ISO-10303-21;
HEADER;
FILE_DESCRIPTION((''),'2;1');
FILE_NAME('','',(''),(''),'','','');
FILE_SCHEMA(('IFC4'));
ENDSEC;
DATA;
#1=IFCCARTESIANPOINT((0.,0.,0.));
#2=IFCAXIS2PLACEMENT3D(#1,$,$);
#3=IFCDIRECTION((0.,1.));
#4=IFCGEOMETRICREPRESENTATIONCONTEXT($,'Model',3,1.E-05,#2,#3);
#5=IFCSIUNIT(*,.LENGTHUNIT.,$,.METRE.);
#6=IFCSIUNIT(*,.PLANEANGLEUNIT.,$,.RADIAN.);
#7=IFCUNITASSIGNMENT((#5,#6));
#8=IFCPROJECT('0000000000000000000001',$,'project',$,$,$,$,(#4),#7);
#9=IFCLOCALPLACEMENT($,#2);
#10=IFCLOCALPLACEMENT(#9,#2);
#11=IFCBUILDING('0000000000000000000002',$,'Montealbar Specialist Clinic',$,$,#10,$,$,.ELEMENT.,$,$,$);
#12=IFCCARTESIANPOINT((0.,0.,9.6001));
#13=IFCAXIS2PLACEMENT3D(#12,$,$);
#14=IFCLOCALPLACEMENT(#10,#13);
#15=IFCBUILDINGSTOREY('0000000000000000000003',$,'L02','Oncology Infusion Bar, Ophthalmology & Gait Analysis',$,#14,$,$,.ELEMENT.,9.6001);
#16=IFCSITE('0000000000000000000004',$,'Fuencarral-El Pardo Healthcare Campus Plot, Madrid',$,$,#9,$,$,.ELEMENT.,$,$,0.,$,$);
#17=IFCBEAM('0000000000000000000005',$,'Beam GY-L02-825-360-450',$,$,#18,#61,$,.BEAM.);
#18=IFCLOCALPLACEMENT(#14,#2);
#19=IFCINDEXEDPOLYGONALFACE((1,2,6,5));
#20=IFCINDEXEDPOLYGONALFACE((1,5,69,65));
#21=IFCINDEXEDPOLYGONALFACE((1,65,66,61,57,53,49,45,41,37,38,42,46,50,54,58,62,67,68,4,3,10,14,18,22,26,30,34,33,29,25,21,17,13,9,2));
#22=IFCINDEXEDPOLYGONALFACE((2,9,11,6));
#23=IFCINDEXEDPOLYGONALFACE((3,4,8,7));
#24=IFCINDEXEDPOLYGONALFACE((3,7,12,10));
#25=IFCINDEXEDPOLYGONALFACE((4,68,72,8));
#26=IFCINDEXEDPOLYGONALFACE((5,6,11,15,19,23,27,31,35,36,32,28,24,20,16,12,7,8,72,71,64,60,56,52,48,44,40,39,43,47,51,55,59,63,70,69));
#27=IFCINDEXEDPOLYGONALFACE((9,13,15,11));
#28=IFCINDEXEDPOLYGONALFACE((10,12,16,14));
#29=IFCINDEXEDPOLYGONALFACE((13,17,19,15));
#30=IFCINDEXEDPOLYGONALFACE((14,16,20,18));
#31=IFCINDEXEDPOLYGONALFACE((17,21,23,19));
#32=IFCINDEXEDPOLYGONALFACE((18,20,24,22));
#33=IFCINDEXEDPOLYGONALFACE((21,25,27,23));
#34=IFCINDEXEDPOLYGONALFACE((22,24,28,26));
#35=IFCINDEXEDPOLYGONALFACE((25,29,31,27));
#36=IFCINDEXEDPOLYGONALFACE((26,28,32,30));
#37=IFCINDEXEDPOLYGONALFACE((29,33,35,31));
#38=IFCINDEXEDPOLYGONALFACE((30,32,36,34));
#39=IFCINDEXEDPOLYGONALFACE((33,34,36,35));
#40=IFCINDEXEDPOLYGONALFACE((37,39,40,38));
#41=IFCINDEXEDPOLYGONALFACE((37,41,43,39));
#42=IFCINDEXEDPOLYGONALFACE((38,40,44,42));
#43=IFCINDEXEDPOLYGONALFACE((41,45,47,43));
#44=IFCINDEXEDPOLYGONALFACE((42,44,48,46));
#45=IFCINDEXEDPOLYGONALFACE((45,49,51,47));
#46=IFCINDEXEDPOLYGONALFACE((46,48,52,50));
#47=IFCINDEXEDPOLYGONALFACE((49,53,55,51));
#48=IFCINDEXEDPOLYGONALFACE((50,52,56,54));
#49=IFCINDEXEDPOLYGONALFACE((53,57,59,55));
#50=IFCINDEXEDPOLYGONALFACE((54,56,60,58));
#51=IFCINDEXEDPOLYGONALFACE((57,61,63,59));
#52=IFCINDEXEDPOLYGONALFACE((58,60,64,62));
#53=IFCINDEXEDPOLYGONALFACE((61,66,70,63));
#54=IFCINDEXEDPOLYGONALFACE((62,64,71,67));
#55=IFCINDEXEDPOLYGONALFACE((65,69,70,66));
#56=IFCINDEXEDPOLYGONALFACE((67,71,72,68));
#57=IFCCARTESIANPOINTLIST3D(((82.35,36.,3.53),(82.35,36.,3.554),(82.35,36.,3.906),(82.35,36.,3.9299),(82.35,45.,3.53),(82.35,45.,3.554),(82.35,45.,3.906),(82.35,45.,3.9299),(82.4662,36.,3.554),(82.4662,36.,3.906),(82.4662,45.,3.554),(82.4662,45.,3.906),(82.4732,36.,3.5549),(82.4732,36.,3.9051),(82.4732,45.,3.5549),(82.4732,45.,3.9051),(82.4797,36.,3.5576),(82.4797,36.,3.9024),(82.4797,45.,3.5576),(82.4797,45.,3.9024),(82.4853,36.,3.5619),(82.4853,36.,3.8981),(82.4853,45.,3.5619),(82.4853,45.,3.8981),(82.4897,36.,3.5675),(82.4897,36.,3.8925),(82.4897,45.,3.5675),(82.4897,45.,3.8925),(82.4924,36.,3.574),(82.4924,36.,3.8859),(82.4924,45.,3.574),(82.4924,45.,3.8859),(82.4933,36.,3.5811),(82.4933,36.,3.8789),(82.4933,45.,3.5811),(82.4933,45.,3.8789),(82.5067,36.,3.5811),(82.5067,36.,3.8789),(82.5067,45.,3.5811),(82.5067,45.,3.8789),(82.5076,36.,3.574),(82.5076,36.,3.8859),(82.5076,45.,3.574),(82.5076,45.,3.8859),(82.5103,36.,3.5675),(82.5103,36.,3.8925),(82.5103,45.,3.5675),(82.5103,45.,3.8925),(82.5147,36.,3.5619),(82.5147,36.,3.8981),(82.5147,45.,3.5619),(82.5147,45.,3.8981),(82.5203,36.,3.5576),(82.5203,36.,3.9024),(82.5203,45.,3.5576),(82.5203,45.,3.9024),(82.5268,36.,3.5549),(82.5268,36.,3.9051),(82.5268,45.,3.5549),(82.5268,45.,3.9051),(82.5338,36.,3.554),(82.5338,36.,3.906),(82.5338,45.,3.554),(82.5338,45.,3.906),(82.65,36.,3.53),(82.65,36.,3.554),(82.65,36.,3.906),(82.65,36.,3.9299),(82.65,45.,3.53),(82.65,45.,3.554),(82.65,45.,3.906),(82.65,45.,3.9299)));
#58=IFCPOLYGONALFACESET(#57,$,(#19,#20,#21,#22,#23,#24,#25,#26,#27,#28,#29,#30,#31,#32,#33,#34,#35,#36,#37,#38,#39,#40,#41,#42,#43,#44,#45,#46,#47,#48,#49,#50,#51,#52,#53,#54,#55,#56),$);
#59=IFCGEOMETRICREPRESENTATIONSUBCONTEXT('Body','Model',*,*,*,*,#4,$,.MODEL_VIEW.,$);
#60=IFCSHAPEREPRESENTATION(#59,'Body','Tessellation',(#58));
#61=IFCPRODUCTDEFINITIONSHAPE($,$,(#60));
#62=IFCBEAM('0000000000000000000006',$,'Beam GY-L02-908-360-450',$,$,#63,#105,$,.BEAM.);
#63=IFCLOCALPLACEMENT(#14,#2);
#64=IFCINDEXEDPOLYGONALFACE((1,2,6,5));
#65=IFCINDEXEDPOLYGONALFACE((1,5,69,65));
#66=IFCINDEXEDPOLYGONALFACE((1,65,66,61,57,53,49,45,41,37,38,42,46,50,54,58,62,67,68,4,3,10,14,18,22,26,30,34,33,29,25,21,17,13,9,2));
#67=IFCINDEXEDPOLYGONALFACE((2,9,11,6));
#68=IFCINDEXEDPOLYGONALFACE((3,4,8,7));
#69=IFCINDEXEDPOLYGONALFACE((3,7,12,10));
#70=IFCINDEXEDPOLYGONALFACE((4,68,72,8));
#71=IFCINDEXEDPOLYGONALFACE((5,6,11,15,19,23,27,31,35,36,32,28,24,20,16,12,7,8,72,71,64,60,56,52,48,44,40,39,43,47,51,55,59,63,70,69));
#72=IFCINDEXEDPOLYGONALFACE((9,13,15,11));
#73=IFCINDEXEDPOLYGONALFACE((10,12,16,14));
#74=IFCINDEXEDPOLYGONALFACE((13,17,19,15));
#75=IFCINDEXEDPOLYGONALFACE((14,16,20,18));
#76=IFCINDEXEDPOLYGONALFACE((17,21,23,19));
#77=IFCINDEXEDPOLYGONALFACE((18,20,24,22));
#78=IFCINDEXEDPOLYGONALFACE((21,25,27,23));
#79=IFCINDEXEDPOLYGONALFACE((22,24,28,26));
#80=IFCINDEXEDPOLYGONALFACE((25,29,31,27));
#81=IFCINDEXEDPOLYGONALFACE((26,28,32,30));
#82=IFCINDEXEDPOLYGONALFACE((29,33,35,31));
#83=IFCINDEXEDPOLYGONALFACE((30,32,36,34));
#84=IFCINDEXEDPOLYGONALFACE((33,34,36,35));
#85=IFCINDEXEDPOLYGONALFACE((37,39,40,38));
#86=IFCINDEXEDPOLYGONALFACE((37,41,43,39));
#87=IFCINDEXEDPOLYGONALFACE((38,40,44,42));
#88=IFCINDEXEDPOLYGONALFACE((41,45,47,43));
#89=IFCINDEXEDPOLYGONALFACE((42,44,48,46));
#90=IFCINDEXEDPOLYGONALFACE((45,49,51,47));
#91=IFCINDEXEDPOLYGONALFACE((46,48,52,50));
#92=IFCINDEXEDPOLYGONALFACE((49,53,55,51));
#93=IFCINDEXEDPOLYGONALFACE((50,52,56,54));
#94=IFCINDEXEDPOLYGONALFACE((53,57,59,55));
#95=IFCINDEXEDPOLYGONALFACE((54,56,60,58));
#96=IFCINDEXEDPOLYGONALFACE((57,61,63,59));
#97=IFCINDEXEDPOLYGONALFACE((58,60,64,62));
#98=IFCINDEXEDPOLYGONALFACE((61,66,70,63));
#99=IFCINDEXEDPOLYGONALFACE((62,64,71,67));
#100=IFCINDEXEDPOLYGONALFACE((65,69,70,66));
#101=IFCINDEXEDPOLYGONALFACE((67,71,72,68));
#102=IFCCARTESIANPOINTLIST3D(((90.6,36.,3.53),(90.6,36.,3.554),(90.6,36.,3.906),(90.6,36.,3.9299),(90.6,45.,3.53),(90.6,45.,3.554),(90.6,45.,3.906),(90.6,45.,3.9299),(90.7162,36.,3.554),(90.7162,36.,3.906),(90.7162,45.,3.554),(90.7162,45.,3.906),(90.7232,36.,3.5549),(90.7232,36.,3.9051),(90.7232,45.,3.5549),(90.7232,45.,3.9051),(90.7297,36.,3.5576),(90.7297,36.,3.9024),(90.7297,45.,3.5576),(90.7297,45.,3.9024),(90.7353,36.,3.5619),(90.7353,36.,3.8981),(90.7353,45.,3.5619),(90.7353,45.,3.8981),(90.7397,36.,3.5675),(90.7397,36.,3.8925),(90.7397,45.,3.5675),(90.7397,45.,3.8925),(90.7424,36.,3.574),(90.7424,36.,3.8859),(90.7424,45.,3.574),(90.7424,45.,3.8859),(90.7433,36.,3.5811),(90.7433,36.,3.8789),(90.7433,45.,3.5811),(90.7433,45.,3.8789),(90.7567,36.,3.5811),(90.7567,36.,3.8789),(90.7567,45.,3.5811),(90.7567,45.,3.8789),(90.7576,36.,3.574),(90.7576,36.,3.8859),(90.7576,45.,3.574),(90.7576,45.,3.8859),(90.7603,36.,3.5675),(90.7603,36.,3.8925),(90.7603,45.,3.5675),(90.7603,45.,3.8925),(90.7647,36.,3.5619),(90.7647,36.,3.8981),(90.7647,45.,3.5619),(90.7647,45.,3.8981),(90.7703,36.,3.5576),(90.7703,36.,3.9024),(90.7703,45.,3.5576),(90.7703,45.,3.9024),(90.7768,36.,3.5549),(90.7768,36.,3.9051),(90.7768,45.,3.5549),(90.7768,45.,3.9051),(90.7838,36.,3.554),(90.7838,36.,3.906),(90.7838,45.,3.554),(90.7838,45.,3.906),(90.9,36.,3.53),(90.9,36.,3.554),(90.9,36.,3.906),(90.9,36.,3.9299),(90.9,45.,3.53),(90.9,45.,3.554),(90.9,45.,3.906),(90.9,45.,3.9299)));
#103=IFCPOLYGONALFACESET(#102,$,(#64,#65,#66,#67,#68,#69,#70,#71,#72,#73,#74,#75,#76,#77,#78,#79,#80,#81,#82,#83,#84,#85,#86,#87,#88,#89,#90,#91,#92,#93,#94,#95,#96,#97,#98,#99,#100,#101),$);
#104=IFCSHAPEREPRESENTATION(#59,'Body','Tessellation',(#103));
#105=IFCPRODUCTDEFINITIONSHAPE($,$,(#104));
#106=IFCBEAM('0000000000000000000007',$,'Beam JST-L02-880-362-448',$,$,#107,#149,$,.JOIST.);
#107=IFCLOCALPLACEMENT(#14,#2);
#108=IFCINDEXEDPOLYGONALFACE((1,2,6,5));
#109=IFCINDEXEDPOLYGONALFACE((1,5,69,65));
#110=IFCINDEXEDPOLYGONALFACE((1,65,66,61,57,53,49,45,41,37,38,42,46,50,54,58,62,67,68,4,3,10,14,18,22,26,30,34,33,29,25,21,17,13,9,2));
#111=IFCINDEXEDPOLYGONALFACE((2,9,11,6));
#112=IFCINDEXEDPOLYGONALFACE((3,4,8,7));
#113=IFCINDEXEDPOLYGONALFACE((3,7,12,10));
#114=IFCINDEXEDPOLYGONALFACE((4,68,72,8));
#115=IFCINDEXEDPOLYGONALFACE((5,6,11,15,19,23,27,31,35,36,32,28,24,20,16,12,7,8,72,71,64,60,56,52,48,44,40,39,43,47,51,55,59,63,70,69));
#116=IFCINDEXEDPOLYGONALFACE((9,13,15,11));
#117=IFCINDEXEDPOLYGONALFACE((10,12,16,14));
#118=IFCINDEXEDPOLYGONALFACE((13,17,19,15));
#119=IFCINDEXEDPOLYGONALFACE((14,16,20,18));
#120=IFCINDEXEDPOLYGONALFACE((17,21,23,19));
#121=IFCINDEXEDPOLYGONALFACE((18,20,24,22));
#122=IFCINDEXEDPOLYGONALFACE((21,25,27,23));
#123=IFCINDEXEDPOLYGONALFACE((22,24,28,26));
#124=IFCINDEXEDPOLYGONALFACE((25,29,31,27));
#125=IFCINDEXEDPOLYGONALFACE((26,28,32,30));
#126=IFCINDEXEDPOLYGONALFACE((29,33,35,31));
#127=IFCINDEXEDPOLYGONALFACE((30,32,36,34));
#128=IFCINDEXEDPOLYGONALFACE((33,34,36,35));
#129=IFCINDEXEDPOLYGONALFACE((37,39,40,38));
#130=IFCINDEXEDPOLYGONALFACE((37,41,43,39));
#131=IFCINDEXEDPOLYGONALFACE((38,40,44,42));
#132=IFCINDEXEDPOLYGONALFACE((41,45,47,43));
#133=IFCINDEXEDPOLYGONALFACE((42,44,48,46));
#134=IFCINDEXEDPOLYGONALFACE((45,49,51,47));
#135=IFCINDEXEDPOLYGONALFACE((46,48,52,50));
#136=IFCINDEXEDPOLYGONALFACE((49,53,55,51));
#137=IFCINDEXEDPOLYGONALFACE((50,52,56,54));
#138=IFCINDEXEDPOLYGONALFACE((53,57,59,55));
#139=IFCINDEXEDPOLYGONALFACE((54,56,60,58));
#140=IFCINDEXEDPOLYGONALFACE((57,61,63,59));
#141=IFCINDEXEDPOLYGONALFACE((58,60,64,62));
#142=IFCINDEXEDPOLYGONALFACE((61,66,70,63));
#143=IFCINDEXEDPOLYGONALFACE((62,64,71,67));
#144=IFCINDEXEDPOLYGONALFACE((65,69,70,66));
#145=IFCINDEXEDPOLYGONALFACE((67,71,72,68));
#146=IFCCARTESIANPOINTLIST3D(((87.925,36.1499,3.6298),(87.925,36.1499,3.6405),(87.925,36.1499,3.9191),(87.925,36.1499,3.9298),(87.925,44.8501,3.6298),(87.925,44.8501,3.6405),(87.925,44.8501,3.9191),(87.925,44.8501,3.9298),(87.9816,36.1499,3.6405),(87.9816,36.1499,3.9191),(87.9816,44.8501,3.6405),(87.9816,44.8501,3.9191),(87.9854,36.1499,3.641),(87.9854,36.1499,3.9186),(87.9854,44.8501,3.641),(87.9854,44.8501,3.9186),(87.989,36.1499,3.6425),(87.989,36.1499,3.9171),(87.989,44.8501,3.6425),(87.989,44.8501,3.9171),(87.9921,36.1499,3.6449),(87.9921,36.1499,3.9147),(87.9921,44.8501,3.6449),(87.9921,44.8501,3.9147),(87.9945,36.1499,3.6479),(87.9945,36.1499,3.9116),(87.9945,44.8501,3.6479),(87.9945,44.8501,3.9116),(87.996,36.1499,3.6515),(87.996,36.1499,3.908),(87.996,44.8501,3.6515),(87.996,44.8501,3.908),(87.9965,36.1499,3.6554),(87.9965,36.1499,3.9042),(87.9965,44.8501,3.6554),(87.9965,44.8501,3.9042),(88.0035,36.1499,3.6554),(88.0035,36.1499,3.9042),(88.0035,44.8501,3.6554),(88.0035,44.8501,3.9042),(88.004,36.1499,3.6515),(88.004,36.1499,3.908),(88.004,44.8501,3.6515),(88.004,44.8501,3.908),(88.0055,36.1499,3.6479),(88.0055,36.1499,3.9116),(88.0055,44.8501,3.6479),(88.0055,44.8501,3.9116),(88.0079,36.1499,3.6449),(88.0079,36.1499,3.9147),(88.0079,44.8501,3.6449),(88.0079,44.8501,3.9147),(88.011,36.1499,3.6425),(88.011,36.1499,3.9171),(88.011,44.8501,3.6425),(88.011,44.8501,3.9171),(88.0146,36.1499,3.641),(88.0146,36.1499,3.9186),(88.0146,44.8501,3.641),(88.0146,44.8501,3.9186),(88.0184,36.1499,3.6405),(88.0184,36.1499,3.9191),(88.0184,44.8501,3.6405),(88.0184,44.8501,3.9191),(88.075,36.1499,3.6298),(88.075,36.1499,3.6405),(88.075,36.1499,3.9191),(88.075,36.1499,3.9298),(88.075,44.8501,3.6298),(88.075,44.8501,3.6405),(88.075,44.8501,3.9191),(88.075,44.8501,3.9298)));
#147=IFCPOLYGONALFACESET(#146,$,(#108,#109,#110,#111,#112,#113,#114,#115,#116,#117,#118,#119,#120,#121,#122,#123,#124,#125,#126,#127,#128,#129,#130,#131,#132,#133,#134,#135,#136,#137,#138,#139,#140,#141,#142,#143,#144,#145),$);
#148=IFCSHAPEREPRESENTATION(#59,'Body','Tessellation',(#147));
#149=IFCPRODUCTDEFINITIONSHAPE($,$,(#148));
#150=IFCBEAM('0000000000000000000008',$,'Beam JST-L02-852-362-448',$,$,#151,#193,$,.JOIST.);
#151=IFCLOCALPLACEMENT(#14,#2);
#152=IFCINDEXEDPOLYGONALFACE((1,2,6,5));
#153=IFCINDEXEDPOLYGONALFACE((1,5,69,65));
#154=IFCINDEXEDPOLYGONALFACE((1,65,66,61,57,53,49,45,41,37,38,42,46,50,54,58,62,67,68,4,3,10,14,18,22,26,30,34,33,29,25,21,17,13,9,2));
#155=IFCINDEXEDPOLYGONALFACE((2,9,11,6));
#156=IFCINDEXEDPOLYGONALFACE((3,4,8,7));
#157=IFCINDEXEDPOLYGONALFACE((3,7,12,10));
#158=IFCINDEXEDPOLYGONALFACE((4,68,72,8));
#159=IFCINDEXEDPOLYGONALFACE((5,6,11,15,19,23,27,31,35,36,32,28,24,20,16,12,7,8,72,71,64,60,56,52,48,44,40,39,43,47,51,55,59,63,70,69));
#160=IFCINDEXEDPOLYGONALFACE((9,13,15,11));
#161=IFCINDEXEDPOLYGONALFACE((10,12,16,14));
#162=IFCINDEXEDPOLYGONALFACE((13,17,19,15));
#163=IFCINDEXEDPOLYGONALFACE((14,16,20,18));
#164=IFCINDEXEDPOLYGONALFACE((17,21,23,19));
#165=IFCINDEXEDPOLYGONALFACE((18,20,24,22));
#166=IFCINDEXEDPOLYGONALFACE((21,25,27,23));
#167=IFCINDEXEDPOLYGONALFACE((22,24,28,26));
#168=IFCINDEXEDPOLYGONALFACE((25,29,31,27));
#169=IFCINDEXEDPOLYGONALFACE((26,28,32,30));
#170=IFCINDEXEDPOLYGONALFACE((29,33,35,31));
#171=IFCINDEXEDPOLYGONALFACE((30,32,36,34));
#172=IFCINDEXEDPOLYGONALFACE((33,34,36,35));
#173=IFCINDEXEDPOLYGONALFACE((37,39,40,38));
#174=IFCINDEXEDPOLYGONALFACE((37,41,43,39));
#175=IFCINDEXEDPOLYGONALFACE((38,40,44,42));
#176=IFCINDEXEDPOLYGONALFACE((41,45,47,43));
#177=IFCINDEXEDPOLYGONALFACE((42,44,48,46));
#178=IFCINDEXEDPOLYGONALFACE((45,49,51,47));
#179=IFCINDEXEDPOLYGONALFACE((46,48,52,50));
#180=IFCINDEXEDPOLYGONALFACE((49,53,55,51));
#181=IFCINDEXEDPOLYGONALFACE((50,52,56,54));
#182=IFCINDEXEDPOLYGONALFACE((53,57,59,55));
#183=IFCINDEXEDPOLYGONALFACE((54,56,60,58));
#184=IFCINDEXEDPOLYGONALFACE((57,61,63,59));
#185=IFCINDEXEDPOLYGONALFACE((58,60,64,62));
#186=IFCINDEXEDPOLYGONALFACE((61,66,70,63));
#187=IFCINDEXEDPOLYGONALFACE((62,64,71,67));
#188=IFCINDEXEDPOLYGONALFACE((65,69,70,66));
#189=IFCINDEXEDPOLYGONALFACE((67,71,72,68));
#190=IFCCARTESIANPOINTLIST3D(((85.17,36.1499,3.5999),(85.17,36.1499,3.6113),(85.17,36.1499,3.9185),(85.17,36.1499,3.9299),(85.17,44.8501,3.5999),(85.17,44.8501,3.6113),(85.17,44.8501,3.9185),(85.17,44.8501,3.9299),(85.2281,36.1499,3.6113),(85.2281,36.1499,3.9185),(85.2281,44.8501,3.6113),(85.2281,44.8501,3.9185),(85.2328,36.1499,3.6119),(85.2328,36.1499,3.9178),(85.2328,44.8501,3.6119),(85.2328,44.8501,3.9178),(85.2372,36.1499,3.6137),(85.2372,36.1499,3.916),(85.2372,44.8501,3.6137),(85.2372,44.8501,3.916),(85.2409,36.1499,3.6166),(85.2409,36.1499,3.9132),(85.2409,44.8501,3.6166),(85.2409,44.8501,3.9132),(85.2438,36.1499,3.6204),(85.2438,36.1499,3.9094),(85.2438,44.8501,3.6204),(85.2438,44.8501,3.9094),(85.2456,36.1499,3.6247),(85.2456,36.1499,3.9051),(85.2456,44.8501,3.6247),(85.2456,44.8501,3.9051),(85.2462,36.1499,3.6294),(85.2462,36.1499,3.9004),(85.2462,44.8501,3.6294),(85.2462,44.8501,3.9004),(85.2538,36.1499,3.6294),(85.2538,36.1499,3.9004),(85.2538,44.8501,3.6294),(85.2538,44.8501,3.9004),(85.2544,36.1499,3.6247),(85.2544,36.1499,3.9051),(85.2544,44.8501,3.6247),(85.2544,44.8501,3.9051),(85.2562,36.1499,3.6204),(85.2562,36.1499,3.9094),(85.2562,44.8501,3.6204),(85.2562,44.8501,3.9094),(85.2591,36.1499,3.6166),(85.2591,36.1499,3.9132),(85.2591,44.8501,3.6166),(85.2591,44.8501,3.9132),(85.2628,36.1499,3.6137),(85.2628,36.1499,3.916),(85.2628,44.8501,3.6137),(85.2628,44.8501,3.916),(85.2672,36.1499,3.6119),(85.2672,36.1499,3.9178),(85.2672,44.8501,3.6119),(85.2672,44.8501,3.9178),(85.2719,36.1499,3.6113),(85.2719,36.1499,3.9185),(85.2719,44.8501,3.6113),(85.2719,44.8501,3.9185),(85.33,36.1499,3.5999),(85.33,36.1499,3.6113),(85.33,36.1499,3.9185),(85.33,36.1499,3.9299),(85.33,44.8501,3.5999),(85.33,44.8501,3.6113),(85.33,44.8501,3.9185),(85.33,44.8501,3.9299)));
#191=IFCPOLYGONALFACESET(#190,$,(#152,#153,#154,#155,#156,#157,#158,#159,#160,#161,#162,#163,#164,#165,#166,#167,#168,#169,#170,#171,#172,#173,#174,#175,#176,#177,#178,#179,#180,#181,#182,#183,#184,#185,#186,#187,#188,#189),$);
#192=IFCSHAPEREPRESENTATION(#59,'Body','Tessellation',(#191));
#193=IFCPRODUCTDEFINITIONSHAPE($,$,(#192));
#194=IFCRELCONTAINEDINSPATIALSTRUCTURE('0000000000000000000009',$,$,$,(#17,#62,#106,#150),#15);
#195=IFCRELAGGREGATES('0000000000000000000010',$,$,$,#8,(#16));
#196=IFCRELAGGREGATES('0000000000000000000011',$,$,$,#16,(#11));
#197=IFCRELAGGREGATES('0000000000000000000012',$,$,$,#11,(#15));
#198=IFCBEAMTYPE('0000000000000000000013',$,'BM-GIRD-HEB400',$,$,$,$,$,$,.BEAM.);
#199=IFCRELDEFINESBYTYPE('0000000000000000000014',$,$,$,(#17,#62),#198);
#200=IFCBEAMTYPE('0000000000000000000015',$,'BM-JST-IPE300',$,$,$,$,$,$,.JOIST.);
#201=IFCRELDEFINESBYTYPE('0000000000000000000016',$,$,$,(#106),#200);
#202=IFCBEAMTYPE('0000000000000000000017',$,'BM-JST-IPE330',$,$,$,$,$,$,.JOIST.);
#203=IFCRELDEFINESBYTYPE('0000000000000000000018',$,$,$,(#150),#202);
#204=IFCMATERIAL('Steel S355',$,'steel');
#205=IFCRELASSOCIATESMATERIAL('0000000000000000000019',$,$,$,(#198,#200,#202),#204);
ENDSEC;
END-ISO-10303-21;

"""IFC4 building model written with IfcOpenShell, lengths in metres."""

from ifc_helpers import new_model, si_unit, direction, frame, origin, origin_2d, place, context, subcontext, project, spatial, i_section, extrude, material, material_profile, profile_set, type_object, element, save


model = new_model("IFC4")

# Units and contexts
model_context = context("Model", 3, precision=1e-05, world=origin(), true_north=direction((0.0, 1.0)))
body_context = subcontext(model_context, "Body", "Model", "MODEL_VIEW")
ifc_project = project(units=[si_unit("LENGTHUNIT", "METRE"), si_unit("PLANEANGLEUNIT", "RADIAN")], contexts=[model_context])

# Site, building, storey
site_placement = place(None, origin())
site = spatial("IfcSite", under=ifc_project, at=site_placement, Name="Fuencarral-El Pardo Healthcare Campus Plot, Madrid", CompositionType="ELEMENT", RefElevation=0.0)
building_placement = place(site_placement, origin())
building = spatial("IfcBuilding", under=site, at=building_placement, Name="Montealbar Specialist Clinic", CompositionType="ELEMENT")
storey_placement = place(building_placement, frame((0.0, 0.0, 9.6001)))
storey = spatial("IfcBuildingStorey", under=building, at=storey_placement, Name="L02", Description="Oncology Infusion Bar, Ophthalmology & Gait Analysis", CompositionType="ELEMENT", Elevation=9.6001)

# Shared definitions
ifc_material_1 = material(Name="Steel S355", Category="steel")

# Beams
ifc_material_profile_1 = material_profile(ifc_material_1, i_section(OverallWidth=0.3, OverallDepth=0.3999, WebThickness=0.0134, FlangeThickness=0.0239, FilletRadius=0.0271, at=origin_2d()), Name="HEB 400", Category="steel")
ifc_profile_set_1 = profile_set([ifc_material_profile_1], Name="Steel S355")
beam_type_1 = type_object("IfcBeamType", Name="BM-GIRD-HEB400", PredefinedType="BEAM", material=ifc_profile_set_1)
for number, where, z_axis, x_axis, name in (
    (1, (82.5, 36.0, 3.73), (0.0, 1.0, 0.0), (-1.0, 0.0, 0.0), "Beam GY-L02-825-360-450"),
    (2, (90.75, 36.0, 3.73), (0.0, 1.0, 0.0), (-1.0, 0.0, 0.0), "Beam GY-L02-908-360-450"),
):
    element("IfcBeam", number, at=place(storey_placement, frame(where, z_axis=z_axis, x_axis=x_axis)), inside=storey, type_object=beam_type_1, Name=name, PredefinedType="BEAM", context=body_context, shape_type="SweptSolid", body=[
        extrude(i_section(OverallWidth=0.3, OverallDepth=0.3999, WebThickness=0.0134, FlangeThickness=0.0239, FilletRadius=0.0271, at=origin_2d()), origin(), (0.0, 0.0, 1.0), 9.0),
    ])
ifc_material_profile_2 = material_profile(ifc_material_1, i_section(OverallWidth=0.1499, OverallDepth=0.3, WebThickness=0.0071, FlangeThickness=0.0107, FilletRadius=0.0149, at=origin_2d()), Name="IPE 300", Category="steel")
ifc_profile_set_2 = profile_set([ifc_material_profile_2], Name="Steel S355")
beam_type_2 = type_object("IfcBeamType", Name="BM-JST-IPE300", PredefinedType="JOIST", material=ifc_profile_set_2)
beam_1_placement = place(storey_placement, frame((88.0, 36.1499, 3.7798), z_axis=(0.0, 1.0, 0.0), x_axis=(-1.0, 0.0, 0.0)))
element("IfcBeam", 3, at=beam_1_placement, inside=storey, type_object=beam_type_2, Name="Beam JST-L02-880-362-448", PredefinedType="JOIST", context=body_context, shape_type="SweptSolid", body=[
    extrude(i_section(OverallWidth=0.1499, OverallDepth=0.3, WebThickness=0.0071, FlangeThickness=0.0107, FilletRadius=0.0149, at=origin_2d()), origin(), (0.0, 0.0, 1.0), 8.7002),
])
ifc_material_profile_3 = material_profile(ifc_material_1, i_section(OverallWidth=0.1599, OverallDepth=0.3301, WebThickness=0.0076, FlangeThickness=0.0115, FilletRadius=0.0181, at=origin_2d()), Name="IPE 330", Category="steel")
ifc_profile_set_3 = profile_set([ifc_material_profile_3], Name="Steel S355")
beam_type_3 = type_object("IfcBeamType", Name="BM-JST-IPE330", PredefinedType="JOIST", material=ifc_profile_set_3)
beam_2_placement = place(storey_placement, frame((85.25, 36.1499, 3.7649), z_axis=(0.0, 1.0, 0.0), x_axis=(-1.0, 0.0, 0.0)))
element("IfcBeam", 4, at=beam_2_placement, inside=storey, type_object=beam_type_3, Name="Beam JST-L02-852-362-448", PredefinedType="JOIST", context=body_context, shape_type="SweptSolid", body=[
    extrude(i_section(OverallWidth=0.1599, OverallDepth=0.3301, WebThickness=0.0076, FlangeThickness=0.0115, FilletRadius=0.0181, at=origin_2d()), origin(), (0.0, 0.0, 1.0), 8.7002),
])

save(model, "model.ifc")
